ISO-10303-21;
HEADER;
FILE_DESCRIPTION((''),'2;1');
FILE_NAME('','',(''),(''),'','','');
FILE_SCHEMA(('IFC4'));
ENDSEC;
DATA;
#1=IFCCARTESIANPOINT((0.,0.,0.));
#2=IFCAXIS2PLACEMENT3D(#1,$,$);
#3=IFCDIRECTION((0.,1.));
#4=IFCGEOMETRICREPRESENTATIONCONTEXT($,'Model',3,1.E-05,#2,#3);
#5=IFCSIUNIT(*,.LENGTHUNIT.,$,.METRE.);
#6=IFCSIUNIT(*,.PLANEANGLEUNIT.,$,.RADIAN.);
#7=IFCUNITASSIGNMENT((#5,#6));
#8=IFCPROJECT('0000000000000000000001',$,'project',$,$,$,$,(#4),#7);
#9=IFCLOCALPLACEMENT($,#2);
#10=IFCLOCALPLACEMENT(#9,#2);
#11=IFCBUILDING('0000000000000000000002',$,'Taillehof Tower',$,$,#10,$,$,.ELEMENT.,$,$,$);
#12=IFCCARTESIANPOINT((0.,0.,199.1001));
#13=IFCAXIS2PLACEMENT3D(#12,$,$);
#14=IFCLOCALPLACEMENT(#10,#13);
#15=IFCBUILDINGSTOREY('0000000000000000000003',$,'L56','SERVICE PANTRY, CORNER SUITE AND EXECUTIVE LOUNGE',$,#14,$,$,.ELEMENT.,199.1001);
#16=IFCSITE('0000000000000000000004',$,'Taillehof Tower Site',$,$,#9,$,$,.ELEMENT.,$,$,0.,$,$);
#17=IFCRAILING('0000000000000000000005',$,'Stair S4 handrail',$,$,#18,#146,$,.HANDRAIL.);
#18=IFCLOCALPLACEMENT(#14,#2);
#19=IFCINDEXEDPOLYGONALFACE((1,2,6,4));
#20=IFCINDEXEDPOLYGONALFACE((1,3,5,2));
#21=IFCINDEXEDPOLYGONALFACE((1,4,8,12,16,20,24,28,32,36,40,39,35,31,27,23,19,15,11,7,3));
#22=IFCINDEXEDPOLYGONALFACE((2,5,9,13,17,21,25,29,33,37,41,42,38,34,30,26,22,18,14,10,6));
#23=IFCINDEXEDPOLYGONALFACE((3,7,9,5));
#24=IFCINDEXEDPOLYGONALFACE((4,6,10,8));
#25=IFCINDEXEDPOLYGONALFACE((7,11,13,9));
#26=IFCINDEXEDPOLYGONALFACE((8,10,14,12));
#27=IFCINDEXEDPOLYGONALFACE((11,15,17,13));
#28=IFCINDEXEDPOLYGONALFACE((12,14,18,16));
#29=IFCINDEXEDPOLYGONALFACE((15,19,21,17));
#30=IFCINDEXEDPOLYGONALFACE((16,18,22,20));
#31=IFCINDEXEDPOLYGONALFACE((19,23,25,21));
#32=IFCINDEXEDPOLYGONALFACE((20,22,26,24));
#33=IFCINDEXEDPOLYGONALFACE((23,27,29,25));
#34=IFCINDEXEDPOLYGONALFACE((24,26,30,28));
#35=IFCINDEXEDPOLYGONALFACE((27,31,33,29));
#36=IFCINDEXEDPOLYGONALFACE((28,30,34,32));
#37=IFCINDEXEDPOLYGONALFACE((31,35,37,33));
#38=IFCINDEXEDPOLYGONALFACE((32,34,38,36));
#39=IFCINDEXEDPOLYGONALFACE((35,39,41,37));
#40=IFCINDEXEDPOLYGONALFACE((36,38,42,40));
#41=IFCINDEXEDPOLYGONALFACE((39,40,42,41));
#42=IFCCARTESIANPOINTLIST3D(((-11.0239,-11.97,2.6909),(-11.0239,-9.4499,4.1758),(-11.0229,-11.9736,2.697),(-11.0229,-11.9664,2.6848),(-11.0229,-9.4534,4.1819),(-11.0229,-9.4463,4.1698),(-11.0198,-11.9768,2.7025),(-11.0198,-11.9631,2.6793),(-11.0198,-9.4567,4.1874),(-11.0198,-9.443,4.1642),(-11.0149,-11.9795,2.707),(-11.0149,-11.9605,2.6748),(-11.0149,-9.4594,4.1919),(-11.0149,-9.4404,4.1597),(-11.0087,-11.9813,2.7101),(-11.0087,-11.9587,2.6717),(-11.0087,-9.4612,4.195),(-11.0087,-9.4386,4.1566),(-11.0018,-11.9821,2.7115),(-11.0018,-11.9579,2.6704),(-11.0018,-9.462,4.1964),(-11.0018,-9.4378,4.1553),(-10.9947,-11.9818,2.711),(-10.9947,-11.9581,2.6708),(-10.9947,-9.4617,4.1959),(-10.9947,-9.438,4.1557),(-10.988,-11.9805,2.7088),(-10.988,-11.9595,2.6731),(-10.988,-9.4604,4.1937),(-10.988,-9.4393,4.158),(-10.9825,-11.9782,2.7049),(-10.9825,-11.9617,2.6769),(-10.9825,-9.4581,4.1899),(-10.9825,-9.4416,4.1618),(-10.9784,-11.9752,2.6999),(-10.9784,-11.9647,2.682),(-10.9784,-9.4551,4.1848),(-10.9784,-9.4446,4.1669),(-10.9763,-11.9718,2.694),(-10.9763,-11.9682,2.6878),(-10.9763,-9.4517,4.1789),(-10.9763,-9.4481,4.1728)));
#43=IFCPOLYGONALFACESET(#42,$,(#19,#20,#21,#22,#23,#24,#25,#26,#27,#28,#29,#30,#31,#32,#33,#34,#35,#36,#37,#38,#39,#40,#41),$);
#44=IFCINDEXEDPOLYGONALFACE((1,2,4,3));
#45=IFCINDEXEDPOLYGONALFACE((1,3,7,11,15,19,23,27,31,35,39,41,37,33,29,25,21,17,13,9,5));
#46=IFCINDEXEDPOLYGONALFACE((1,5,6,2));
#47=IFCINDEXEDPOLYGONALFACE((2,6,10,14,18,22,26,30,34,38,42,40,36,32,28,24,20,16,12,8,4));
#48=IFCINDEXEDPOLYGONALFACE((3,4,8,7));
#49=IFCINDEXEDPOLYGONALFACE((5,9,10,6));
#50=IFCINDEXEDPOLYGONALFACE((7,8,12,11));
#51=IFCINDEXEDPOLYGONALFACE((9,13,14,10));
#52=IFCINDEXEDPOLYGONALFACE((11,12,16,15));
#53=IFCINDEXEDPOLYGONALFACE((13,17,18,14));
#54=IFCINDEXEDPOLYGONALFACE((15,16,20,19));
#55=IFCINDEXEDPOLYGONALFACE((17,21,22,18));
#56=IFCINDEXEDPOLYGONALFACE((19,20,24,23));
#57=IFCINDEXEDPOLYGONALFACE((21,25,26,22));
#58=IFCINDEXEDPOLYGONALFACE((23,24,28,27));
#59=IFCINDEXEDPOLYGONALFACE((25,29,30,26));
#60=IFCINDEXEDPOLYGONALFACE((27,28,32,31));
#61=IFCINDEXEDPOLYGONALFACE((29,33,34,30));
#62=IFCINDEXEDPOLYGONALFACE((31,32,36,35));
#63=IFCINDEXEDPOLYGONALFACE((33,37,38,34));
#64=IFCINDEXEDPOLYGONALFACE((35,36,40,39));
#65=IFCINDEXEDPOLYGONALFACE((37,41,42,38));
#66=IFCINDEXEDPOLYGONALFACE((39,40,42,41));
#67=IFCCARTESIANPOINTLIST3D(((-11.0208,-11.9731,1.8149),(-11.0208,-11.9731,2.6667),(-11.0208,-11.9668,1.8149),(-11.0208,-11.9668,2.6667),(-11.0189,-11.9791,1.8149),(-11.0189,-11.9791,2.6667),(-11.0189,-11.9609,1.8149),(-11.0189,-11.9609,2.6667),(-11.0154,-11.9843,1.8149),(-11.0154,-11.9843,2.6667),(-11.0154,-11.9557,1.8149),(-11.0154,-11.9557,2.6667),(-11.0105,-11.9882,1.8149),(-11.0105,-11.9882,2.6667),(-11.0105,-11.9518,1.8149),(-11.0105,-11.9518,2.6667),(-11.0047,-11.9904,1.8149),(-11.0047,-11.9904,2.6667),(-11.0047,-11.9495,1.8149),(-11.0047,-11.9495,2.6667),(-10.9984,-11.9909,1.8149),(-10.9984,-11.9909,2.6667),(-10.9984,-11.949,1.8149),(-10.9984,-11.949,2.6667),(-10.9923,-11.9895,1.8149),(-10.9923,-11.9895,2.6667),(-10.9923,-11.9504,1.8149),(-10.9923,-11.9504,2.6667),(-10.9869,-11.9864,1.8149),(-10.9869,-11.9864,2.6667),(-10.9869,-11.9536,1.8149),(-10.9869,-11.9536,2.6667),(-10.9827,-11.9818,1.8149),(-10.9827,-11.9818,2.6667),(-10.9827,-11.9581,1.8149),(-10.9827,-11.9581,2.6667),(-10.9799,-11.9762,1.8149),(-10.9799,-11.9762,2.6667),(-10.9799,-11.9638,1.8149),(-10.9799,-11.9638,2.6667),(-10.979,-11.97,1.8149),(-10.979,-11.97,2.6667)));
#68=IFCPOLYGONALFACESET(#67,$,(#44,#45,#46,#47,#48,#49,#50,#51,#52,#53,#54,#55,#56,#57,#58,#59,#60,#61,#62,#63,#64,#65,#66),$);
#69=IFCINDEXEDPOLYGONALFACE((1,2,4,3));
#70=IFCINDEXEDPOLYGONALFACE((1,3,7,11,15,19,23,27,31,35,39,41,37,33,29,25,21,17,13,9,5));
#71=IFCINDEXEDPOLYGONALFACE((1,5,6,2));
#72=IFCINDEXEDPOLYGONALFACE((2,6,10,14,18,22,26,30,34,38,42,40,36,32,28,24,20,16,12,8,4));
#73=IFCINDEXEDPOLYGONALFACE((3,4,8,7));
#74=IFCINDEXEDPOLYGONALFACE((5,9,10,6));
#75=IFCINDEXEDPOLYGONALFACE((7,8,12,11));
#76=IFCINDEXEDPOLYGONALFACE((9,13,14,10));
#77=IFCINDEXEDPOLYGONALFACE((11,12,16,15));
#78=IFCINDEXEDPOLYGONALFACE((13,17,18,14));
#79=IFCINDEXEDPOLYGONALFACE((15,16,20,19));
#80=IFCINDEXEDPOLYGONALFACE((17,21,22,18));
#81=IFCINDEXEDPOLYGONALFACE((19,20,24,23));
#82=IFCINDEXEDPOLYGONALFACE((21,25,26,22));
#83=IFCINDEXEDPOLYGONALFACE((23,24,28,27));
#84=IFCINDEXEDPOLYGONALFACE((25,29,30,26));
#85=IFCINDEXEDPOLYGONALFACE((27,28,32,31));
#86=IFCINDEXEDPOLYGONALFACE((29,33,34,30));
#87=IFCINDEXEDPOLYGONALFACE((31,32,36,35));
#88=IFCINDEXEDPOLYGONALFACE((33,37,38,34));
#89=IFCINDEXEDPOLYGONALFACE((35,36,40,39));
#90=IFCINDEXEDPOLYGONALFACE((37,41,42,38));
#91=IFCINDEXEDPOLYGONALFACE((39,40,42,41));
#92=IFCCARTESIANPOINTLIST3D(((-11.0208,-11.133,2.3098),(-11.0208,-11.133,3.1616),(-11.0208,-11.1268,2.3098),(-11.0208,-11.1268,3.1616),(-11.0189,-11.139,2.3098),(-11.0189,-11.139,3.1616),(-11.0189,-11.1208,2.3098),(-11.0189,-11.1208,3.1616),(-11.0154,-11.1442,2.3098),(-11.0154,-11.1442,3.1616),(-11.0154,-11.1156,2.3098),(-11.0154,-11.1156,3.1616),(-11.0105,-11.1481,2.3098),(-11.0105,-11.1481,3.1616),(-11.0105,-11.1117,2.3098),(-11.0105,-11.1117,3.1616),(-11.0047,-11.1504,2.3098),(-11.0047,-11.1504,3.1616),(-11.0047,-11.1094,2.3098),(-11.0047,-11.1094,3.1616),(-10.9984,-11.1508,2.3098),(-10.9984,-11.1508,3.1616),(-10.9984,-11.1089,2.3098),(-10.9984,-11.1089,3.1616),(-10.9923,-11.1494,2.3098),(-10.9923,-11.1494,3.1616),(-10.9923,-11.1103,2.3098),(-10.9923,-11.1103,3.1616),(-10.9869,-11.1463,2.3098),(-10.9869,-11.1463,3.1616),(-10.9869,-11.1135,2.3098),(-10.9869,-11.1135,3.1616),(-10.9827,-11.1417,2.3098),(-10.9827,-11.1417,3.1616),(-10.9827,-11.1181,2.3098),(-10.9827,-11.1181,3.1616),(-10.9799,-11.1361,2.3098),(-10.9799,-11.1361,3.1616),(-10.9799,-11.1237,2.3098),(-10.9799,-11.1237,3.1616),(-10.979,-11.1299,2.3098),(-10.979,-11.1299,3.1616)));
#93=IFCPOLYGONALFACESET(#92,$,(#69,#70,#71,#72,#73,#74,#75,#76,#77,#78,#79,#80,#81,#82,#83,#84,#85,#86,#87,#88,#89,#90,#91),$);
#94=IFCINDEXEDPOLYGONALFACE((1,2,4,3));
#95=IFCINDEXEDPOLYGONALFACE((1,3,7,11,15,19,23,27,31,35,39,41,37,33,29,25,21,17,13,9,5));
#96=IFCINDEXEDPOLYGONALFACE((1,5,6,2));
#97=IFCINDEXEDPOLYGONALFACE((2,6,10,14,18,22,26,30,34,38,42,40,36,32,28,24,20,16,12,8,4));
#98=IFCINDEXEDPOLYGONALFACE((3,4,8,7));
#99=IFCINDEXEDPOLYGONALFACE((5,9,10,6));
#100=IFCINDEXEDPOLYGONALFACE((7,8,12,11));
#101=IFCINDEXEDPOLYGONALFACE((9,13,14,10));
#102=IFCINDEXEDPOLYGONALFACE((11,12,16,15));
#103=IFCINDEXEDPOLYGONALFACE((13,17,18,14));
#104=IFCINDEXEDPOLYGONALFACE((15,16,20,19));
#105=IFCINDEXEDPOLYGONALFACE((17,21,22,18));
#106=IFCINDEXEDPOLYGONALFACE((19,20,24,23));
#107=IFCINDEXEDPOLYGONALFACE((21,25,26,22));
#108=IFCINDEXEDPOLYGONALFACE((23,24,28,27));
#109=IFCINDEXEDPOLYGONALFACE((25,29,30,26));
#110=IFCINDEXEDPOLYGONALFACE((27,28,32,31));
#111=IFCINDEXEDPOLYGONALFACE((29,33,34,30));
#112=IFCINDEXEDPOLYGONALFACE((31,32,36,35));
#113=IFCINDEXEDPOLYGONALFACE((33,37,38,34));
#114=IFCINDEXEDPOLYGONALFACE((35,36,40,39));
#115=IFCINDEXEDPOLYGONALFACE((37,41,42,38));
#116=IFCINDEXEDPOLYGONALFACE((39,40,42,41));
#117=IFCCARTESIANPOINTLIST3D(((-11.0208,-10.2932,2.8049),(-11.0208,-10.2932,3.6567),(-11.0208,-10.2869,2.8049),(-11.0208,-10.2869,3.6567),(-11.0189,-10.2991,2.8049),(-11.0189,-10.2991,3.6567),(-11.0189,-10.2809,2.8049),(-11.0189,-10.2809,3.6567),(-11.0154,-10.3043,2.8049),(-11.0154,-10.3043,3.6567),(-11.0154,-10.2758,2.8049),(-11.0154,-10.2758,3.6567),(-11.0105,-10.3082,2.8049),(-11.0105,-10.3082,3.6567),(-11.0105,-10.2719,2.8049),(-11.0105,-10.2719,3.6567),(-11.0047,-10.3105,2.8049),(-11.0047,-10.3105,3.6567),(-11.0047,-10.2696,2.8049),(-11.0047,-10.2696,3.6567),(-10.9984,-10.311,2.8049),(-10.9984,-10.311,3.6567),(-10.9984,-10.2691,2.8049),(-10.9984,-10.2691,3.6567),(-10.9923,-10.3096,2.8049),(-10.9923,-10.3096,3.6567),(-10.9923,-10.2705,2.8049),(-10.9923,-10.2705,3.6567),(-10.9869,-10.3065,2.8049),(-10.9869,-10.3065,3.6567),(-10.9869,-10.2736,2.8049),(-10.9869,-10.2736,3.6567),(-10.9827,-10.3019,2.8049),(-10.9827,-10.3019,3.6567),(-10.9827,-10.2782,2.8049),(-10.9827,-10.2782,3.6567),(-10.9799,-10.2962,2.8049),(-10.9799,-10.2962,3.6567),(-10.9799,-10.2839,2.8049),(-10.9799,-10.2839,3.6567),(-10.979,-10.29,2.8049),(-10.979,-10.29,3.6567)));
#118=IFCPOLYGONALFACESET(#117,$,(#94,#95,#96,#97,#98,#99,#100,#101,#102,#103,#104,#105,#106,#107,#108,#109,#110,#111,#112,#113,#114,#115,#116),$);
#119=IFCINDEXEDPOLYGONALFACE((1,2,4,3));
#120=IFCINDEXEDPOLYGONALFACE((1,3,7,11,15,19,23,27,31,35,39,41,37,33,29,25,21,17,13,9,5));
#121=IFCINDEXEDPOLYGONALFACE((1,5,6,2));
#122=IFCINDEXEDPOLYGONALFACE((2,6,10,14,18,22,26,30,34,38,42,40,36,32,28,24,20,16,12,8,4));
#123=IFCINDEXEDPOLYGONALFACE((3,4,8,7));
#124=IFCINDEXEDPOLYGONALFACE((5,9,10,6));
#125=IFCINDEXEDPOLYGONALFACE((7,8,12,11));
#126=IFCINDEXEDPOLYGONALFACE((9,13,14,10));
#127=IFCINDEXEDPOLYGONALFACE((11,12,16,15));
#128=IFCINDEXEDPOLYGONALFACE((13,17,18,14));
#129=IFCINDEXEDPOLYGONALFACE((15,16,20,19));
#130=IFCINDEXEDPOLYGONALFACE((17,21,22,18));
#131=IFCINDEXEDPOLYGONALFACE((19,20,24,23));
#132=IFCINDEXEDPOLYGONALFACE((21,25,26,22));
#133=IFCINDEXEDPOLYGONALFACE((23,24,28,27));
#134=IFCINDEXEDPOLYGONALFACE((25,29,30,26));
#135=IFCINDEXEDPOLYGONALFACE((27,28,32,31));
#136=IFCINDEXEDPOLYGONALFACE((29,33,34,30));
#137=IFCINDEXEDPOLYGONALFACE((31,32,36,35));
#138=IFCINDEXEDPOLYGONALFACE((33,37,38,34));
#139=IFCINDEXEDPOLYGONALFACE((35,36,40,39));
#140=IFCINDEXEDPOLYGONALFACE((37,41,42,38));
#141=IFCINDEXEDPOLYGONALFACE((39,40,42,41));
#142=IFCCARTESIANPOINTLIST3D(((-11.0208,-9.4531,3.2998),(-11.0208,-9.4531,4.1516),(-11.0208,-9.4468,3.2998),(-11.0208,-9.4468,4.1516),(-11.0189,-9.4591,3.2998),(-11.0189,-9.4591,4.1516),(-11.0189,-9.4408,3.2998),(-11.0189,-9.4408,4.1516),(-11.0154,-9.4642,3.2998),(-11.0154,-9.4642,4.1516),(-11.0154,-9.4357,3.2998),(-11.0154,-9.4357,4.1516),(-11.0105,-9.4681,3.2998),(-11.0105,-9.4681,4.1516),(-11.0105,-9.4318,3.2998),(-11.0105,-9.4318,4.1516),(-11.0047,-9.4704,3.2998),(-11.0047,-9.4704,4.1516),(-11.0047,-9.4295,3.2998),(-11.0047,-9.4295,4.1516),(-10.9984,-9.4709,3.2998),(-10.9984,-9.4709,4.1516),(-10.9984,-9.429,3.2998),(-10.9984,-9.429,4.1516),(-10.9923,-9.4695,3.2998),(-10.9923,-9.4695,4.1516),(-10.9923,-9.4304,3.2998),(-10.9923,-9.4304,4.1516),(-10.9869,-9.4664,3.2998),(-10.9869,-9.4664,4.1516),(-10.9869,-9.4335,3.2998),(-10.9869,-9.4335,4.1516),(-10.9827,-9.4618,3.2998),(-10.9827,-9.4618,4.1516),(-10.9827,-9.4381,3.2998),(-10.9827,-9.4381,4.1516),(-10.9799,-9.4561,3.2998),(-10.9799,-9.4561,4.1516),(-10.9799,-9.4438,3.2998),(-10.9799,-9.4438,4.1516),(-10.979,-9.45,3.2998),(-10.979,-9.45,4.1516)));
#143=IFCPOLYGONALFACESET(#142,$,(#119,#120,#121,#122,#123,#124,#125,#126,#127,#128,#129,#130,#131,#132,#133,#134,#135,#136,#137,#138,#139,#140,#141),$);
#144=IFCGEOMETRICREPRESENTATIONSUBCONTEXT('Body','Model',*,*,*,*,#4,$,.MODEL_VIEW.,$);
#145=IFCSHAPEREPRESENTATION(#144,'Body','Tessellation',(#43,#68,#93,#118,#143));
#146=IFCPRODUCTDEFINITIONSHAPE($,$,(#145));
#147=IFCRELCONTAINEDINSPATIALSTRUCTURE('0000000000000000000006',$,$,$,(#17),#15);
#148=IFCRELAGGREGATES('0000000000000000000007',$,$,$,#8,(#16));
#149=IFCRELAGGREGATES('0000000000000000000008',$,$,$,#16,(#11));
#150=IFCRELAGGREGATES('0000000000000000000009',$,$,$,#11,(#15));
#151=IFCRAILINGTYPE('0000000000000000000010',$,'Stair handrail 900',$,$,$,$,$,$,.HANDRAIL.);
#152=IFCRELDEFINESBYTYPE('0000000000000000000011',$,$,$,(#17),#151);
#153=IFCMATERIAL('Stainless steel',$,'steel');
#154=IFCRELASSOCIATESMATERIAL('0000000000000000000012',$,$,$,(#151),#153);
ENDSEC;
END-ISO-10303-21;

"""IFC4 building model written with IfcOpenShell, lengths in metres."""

from ifc_helpers import new_model, si_unit, direction, frame, origin, origin_2d, place, context, subcontext, project, spatial, circle, extrude, material, type_object, element, save


model = new_model("IFC4")

# Units and contexts
model_context = context("Model", 3, precision=1e-05, world=origin(), true_north=direction((0.0, 1.0)))
body_context = subcontext(model_context, "Body", "Model", "MODEL_VIEW")
ifc_project = project(units=[si_unit("LENGTHUNIT", "METRE"), si_unit("PLANEANGLEUNIT", "RADIAN")], contexts=[model_context])

# Site, building, storey
site_placement = place(None, origin())
site = spatial("IfcSite", under=ifc_project, at=site_placement, Name="Taillehof Tower Site", CompositionType="ELEMENT", RefElevation=0.0)
building_placement = place(site_placement, origin())
building = spatial("IfcBuilding", under=site, at=building_placement, Name="Taillehof Tower", CompositionType="ELEMENT")
storey_placement = place(building_placement, frame((0.0, 0.0, 199.1001)))
storey = spatial("IfcBuildingStorey", under=building, at=storey_placement, Name="L56", Description="SERVICE PANTRY, CORNER SUITE AND EXECUTIVE LOUNGE", CompositionType="ELEMENT", Elevation=199.1001)

# Railing
ifc_material_1 = material(Name="Stainless steel", Category="steel")
railing_type = type_object("IfcRailingType", Name="Stair handrail 900", PredefinedType="HANDRAIL", material=ifc_material_1)
railing_placement = place(storey_placement, frame((-11.0, -11.97, 1.8149)))
element("IfcRailing", 1, at=railing_placement, inside=storey, type_object=railing_type, Name="Stair S4 handrail", PredefinedType="HANDRAIL", context=body_context, shape_type="SweptSolid", body=[
    extrude(circle(Radius=0.0239, at=origin_2d()), frame((0.0, 0.0, 0.876), z_axis=(0.0, 0.861561, 0.507655), x_axis=(-1.0, 0.0, 0.0)), (0.0, 0.0, 1.0), 2.925),
    extrude(circle(Radius=0.021, at=origin_2d()), origin(), (0.0, 0.0, 1.0), 0.8518),
    extrude(circle(Radius=0.021, at=origin_2d()), frame((0.0, 0.8401, 0.4949)), (0.0, 0.0, 1.0), 0.8518),
    extrude(circle(Radius=0.021, at=origin_2d()), frame((0.0, 1.6799, 0.99)), (0.0, 0.0, 1.0), 0.8518),
    extrude(circle(Radius=0.021, at=origin_2d()), frame((0.0, 2.52, 1.4849)), (0.0, 0.0, 1.0), 0.8518),
])

save(model, "model.ifc")
